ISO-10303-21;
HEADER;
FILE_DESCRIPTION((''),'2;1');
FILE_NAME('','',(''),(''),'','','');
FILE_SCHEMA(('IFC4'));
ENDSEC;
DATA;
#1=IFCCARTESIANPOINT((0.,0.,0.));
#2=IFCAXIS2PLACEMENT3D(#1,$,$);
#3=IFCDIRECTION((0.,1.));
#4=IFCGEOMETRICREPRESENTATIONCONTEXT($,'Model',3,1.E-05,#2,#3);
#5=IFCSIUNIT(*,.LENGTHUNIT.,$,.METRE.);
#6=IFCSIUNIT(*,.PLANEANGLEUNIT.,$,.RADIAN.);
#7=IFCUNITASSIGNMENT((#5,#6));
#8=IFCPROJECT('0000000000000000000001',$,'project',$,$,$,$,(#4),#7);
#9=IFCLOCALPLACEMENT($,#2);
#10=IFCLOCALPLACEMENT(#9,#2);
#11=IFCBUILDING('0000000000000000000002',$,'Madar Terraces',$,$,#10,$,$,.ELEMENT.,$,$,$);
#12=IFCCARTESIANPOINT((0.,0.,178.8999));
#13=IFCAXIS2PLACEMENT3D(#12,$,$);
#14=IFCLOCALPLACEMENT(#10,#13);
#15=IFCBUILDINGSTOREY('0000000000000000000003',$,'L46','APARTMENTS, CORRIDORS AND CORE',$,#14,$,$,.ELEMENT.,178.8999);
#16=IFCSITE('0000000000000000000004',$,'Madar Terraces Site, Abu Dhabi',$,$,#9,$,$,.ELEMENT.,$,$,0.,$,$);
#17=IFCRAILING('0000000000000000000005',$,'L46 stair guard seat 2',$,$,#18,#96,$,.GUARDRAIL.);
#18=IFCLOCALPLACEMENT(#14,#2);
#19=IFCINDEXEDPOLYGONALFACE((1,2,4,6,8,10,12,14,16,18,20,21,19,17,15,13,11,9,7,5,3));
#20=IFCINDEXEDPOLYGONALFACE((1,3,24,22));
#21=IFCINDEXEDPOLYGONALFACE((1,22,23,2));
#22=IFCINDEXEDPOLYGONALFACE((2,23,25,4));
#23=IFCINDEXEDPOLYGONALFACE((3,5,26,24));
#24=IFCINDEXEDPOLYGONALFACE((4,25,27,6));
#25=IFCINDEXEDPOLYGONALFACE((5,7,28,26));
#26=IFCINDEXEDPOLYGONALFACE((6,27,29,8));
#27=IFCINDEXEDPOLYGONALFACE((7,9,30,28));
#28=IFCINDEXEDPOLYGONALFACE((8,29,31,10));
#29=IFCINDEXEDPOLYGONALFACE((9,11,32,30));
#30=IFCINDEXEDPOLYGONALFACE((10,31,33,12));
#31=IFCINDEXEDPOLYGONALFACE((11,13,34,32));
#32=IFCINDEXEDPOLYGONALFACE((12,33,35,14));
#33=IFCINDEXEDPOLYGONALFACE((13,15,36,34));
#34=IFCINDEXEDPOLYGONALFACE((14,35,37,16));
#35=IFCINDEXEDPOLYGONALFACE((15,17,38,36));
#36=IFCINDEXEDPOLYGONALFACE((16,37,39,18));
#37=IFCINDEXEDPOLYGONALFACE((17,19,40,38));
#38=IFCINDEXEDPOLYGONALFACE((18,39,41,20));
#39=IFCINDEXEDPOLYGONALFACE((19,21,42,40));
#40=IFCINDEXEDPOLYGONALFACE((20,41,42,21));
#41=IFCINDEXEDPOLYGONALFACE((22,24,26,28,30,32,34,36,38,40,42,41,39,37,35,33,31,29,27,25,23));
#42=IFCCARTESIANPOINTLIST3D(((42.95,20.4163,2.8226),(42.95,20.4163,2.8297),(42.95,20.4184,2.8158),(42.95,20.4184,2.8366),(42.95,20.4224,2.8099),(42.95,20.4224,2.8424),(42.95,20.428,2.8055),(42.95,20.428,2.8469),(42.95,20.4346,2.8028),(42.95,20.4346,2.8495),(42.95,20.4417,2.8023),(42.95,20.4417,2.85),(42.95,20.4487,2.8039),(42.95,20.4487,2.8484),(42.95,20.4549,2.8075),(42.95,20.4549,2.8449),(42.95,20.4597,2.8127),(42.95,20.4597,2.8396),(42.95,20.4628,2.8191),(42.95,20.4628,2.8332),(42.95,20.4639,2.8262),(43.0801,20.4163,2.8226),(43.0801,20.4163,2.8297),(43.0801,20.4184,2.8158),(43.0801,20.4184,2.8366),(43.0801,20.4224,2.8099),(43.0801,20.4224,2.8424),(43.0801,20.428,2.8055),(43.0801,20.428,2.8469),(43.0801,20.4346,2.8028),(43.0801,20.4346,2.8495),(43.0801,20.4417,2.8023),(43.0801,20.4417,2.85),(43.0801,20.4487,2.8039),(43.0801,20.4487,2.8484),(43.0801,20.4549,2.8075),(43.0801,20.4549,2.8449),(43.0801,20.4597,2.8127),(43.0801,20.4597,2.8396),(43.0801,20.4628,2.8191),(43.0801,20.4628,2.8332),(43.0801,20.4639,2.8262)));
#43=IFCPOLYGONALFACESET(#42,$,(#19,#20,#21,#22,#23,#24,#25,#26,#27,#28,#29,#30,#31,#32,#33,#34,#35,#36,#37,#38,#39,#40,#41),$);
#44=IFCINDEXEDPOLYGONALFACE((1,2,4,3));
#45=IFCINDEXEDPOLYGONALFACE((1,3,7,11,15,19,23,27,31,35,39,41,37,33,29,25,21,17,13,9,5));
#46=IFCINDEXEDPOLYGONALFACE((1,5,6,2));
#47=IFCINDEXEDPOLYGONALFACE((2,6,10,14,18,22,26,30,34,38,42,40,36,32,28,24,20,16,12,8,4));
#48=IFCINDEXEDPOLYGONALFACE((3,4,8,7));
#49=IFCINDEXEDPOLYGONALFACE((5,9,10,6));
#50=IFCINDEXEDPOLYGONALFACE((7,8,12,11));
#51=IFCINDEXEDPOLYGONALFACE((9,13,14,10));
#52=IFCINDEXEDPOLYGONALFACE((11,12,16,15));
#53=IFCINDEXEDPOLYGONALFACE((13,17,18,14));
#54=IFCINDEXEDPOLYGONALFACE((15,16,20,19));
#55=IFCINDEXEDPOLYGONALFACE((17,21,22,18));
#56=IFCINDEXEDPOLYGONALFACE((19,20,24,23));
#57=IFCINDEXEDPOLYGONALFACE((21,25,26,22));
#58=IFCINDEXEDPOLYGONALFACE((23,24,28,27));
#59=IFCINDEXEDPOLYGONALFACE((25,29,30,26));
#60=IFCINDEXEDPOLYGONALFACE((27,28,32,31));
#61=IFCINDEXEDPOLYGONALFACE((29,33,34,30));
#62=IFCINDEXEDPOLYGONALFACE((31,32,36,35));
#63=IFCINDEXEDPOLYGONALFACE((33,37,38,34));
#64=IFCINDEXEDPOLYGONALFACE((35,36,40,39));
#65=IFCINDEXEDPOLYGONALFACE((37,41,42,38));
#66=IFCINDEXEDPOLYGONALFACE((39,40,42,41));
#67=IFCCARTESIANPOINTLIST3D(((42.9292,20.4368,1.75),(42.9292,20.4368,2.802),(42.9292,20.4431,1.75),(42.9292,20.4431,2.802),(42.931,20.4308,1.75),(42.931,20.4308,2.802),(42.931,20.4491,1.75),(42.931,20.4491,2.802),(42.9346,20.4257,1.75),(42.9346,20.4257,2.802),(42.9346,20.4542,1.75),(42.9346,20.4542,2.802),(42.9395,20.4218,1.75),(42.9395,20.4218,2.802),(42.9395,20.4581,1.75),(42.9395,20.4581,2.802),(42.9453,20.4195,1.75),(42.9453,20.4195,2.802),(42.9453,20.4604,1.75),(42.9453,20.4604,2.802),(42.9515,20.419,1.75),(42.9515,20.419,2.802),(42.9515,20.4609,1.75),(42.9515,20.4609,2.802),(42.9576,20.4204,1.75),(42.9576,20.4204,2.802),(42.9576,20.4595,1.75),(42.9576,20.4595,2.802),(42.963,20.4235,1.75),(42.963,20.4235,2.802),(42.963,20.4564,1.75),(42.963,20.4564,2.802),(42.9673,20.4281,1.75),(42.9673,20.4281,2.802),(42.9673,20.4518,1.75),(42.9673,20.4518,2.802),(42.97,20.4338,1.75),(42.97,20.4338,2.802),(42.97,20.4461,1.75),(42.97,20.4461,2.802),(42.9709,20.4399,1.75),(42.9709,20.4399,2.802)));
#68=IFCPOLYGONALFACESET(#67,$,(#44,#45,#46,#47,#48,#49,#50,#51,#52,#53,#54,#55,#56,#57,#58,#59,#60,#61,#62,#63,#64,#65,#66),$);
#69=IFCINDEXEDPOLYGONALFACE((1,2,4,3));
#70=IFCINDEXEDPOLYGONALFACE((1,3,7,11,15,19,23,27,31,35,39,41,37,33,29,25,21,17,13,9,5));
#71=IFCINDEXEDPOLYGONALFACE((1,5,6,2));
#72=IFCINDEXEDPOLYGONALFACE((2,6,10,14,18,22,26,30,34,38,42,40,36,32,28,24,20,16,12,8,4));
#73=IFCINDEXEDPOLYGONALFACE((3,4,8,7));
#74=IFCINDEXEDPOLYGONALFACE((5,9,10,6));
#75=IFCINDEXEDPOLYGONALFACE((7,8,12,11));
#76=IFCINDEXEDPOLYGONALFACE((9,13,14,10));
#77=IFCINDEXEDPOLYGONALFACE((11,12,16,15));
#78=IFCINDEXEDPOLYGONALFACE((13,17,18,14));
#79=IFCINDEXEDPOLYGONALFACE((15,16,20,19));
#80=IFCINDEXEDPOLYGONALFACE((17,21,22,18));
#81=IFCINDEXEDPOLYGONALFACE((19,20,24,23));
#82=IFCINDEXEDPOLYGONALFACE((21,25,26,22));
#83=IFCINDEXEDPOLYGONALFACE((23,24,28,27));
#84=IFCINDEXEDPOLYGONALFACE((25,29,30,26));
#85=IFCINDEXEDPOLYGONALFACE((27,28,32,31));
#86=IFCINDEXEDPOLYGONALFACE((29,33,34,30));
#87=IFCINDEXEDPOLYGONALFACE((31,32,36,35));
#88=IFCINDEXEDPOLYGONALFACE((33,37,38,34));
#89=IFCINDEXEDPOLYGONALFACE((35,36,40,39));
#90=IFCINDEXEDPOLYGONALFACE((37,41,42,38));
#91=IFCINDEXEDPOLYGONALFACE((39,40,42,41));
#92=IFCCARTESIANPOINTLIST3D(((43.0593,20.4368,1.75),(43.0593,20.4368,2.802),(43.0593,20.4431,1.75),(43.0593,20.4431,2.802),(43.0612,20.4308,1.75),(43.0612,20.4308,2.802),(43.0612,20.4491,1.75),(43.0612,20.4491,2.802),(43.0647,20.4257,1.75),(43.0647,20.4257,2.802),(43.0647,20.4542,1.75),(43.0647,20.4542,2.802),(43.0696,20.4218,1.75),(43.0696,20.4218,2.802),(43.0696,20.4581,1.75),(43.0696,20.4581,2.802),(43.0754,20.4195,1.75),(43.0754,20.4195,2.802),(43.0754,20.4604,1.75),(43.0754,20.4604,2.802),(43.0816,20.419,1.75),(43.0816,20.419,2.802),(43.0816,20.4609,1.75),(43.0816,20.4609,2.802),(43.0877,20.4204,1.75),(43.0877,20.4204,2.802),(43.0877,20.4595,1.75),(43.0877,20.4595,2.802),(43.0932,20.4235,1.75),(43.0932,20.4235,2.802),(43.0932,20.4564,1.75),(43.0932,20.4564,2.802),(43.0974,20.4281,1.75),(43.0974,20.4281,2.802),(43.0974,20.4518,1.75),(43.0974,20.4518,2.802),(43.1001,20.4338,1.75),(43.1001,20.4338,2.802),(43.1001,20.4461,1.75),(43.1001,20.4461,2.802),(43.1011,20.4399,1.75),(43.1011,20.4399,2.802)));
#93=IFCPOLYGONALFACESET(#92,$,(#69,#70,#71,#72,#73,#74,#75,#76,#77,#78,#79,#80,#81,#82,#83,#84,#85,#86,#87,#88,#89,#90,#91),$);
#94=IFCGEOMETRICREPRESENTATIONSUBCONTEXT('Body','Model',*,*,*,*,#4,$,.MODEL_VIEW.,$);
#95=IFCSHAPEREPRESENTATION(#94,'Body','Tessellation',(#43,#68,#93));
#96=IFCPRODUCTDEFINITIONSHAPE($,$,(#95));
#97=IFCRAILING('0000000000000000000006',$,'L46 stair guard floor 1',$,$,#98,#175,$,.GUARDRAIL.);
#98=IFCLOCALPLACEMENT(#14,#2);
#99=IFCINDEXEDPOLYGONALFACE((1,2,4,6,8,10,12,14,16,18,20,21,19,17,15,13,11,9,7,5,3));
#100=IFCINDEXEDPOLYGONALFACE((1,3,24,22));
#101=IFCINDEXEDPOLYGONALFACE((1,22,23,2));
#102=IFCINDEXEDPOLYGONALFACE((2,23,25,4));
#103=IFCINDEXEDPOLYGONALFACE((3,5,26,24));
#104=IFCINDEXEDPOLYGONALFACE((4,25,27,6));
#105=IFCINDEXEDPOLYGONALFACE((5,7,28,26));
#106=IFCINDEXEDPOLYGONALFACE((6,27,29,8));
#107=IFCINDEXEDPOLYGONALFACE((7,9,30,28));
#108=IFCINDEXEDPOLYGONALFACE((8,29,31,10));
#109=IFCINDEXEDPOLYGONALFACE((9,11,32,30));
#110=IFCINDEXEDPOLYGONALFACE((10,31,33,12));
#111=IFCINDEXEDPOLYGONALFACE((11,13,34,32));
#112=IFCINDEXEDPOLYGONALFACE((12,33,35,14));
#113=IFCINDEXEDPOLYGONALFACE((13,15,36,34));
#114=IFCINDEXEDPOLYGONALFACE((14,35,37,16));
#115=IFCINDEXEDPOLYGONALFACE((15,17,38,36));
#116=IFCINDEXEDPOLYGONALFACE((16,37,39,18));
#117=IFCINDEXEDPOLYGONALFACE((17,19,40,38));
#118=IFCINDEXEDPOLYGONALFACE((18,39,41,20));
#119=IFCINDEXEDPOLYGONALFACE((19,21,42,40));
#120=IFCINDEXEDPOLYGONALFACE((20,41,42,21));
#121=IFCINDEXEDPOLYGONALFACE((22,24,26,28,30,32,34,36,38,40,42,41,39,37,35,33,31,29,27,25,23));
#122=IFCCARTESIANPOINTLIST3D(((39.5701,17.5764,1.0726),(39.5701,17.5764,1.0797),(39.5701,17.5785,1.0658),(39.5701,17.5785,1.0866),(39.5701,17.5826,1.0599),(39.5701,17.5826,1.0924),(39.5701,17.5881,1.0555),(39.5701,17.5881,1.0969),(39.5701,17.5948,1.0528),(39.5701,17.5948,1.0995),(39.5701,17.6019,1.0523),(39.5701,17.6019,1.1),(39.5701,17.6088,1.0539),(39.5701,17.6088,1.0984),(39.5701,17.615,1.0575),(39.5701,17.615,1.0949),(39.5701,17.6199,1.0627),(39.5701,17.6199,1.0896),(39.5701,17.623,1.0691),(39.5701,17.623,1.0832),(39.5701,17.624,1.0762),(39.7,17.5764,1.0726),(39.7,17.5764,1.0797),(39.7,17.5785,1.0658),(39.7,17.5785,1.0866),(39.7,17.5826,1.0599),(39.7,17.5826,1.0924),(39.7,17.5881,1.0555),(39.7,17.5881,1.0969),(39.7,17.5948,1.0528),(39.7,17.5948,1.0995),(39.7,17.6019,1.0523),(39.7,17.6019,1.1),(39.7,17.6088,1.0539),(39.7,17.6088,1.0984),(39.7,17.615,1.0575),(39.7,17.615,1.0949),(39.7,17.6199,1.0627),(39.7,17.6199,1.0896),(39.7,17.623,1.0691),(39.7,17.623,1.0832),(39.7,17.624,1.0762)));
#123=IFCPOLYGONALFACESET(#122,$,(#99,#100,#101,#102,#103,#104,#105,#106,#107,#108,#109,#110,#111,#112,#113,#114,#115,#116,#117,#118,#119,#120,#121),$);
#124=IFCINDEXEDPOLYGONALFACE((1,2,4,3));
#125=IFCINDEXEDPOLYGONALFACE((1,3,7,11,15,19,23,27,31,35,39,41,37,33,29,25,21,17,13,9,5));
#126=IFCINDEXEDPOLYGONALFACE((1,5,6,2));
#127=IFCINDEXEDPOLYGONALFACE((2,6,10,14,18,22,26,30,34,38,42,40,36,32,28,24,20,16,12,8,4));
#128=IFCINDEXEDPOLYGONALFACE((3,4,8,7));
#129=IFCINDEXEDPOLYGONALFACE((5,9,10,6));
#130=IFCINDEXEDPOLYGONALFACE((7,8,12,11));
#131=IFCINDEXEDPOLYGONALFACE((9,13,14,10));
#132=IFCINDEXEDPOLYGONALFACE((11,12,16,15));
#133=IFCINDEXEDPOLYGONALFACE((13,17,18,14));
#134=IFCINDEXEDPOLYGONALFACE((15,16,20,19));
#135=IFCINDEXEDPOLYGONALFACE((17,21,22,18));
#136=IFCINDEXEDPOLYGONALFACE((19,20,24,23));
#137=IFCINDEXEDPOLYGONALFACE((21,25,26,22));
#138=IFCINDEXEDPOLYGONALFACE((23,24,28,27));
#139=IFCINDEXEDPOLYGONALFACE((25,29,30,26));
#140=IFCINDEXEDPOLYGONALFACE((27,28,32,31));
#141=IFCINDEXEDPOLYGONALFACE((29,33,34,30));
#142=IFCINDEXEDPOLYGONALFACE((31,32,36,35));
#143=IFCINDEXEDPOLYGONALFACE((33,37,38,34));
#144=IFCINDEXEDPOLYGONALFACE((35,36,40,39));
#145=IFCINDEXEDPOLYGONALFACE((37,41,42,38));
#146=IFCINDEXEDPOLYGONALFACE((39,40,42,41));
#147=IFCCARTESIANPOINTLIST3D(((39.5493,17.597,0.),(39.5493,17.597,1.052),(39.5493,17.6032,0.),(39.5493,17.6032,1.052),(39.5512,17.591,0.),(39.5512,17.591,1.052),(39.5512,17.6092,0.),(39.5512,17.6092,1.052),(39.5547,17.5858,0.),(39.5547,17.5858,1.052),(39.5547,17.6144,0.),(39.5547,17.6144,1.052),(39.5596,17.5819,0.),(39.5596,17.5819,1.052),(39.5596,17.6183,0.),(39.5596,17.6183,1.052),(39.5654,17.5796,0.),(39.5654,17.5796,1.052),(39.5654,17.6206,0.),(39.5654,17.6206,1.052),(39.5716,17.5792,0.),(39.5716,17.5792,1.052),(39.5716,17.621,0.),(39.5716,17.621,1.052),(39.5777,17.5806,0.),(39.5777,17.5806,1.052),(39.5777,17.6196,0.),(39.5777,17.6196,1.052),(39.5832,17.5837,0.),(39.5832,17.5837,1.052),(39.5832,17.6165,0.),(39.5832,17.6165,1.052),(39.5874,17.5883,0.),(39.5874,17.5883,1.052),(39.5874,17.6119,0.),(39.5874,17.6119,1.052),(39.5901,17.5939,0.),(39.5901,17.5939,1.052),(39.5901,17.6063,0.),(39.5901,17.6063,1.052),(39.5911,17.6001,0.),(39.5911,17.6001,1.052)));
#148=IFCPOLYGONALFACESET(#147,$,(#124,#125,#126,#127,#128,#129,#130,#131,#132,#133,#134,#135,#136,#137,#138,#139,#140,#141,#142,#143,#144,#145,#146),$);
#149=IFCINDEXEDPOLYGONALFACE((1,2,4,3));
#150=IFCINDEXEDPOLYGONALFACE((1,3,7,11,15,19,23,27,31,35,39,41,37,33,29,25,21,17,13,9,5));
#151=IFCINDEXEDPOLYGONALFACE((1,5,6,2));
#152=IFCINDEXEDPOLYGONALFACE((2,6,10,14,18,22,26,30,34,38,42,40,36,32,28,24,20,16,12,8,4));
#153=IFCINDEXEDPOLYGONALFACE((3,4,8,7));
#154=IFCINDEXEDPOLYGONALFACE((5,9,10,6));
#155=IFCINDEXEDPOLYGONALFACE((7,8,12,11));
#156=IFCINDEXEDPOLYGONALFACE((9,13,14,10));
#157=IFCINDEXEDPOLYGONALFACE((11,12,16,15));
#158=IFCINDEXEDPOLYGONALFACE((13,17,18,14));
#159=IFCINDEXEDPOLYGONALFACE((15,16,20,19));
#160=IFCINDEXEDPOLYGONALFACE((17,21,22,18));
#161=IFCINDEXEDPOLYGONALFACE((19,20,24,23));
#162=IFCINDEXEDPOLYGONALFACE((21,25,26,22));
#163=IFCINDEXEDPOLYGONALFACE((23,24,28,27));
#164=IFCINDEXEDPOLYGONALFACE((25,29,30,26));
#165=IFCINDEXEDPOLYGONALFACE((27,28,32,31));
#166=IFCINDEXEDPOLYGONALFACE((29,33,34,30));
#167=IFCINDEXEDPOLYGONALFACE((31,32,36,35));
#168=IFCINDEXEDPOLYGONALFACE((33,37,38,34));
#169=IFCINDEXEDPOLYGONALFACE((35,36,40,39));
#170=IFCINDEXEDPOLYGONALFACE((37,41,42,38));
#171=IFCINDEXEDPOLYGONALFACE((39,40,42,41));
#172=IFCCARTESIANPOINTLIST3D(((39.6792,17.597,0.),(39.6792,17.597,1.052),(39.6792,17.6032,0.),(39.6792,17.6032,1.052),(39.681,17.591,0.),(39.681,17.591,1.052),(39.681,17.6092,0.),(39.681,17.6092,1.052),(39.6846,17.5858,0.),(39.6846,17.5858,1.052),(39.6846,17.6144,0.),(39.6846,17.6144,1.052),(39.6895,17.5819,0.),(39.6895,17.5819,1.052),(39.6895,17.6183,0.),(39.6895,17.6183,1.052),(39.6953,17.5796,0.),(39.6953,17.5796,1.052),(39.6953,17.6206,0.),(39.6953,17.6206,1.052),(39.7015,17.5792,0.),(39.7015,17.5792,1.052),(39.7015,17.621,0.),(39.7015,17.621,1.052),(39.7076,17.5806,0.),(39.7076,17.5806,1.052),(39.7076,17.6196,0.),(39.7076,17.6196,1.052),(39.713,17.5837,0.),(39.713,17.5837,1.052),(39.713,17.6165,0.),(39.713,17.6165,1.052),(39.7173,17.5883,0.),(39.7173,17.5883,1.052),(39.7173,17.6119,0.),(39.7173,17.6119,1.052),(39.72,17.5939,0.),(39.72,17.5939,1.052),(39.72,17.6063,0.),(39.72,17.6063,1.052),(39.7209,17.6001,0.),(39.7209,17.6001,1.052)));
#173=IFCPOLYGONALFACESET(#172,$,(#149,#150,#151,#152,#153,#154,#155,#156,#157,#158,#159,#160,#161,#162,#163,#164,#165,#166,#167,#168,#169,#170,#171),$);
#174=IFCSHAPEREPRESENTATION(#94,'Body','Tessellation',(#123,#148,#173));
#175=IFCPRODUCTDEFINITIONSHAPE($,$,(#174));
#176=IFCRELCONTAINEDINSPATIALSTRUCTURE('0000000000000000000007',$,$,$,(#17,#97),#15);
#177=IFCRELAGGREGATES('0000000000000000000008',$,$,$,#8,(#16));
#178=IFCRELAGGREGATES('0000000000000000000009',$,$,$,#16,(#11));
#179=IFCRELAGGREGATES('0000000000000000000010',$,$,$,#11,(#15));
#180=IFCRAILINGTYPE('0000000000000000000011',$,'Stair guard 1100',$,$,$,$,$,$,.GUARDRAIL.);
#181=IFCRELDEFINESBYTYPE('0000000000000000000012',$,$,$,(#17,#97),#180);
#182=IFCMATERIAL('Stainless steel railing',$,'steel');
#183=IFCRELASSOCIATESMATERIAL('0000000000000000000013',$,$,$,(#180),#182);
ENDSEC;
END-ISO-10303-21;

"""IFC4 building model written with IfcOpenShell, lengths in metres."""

from ifc_helpers import new_model, si_unit, direction, frame, origin, origin_2d, place, context, subcontext, project, spatial, circle, extrude, material, type_object, element, save


model = new_model("IFC4")

# Units and contexts
model_context = context("Model", 3, precision=1e-05, world=origin(), true_north=direction((0.0, 1.0)))
body_context = subcontext(model_context, "Body", "Model", "MODEL_VIEW")
ifc_project = project(units=[si_unit("LENGTHUNIT", "METRE"), si_unit("PLANEANGLEUNIT", "RADIAN")], contexts=[model_context])

# Site, building, storey
site_placement = place(None, origin())
site = spatial("IfcSite", under=ifc_project, at=site_placement, Name="Madar Terraces Site, Abu Dhabi", CompositionType="ELEMENT", RefElevation=0.0)
building_placement = place(site_placement, origin())
building = spatial("IfcBuilding", under=site, at=building_placement, Name="Madar Terraces", CompositionType="ELEMENT")
storey_placement = place(building_placement, frame((0.0, 0.0, 178.8999)))
storey = spatial("IfcBuildingStorey", under=building, at=storey_placement, Name="L46", Description="APARTMENTS, CORRIDORS AND CORE", CompositionType="ELEMENT", Elevation=178.8999)

# Railings
ifc_material_1 = material(Name="Stainless steel railing", Category="steel")
railing_type_1 = type_object("IfcRailingType", Name="Stair guard 1100", PredefinedType="GUARDRAIL", material=ifc_material_1)
railing_1_placement = place(storey_placement, frame((42.95, 20.4399, 1.75)))
element("IfcRailing", 1, at=railing_1_placement, inside=storey, type_object=railing_type_1, Name="L46 stair guard seat 2", PredefinedType="GUARDRAIL", context=body_context, shape_type="SweptSolid", body=[
    extrude(circle(Radius=0.0239, at=origin_2d()), frame((0.0, 0.0, 1.0762), z_axis=(1.0, 0.0, 0.0), x_axis=(0.0, 1.0, 0.0)), (0.0, 0.0, 1.0), 0.1301),
    extrude(circle(Radius=0.021, at=origin_2d()), origin(), (0.0, 0.0, 1.0), 1.052),
    extrude(circle(Radius=0.021, at=origin_2d()), frame((0.1301, 0.0, 0.0)), (0.0, 0.0, 1.0), 1.052),
])
railing_2_placement = place(storey_placement, frame((39.5701, 17.6001, 0.0)))
element("IfcRailing", 2, at=railing_2_placement, inside=storey, type_object=railing_type_1, Name="L46 stair guard floor 1", PredefinedType="GUARDRAIL", context=body_context, shape_type="SweptSolid", body=[
    extrude(circle(Radius=0.0239, at=origin_2d()), frame((0.0, 0.0, 1.0762), z_axis=(1.0, 0.0, 0.0), x_axis=(0.0, 1.0, 0.0)), (0.0, 0.0, 1.0), 0.1299),
    extrude(circle(Radius=0.021, at=origin_2d()), origin(), (0.0, 0.0, 1.0), 1.052),
    extrude(circle(Radius=0.021, at=origin_2d()), frame((0.1299, 0.0, 0.0)), (0.0, 0.0, 1.0), 1.052),
])

save(model, "model.ifc")
